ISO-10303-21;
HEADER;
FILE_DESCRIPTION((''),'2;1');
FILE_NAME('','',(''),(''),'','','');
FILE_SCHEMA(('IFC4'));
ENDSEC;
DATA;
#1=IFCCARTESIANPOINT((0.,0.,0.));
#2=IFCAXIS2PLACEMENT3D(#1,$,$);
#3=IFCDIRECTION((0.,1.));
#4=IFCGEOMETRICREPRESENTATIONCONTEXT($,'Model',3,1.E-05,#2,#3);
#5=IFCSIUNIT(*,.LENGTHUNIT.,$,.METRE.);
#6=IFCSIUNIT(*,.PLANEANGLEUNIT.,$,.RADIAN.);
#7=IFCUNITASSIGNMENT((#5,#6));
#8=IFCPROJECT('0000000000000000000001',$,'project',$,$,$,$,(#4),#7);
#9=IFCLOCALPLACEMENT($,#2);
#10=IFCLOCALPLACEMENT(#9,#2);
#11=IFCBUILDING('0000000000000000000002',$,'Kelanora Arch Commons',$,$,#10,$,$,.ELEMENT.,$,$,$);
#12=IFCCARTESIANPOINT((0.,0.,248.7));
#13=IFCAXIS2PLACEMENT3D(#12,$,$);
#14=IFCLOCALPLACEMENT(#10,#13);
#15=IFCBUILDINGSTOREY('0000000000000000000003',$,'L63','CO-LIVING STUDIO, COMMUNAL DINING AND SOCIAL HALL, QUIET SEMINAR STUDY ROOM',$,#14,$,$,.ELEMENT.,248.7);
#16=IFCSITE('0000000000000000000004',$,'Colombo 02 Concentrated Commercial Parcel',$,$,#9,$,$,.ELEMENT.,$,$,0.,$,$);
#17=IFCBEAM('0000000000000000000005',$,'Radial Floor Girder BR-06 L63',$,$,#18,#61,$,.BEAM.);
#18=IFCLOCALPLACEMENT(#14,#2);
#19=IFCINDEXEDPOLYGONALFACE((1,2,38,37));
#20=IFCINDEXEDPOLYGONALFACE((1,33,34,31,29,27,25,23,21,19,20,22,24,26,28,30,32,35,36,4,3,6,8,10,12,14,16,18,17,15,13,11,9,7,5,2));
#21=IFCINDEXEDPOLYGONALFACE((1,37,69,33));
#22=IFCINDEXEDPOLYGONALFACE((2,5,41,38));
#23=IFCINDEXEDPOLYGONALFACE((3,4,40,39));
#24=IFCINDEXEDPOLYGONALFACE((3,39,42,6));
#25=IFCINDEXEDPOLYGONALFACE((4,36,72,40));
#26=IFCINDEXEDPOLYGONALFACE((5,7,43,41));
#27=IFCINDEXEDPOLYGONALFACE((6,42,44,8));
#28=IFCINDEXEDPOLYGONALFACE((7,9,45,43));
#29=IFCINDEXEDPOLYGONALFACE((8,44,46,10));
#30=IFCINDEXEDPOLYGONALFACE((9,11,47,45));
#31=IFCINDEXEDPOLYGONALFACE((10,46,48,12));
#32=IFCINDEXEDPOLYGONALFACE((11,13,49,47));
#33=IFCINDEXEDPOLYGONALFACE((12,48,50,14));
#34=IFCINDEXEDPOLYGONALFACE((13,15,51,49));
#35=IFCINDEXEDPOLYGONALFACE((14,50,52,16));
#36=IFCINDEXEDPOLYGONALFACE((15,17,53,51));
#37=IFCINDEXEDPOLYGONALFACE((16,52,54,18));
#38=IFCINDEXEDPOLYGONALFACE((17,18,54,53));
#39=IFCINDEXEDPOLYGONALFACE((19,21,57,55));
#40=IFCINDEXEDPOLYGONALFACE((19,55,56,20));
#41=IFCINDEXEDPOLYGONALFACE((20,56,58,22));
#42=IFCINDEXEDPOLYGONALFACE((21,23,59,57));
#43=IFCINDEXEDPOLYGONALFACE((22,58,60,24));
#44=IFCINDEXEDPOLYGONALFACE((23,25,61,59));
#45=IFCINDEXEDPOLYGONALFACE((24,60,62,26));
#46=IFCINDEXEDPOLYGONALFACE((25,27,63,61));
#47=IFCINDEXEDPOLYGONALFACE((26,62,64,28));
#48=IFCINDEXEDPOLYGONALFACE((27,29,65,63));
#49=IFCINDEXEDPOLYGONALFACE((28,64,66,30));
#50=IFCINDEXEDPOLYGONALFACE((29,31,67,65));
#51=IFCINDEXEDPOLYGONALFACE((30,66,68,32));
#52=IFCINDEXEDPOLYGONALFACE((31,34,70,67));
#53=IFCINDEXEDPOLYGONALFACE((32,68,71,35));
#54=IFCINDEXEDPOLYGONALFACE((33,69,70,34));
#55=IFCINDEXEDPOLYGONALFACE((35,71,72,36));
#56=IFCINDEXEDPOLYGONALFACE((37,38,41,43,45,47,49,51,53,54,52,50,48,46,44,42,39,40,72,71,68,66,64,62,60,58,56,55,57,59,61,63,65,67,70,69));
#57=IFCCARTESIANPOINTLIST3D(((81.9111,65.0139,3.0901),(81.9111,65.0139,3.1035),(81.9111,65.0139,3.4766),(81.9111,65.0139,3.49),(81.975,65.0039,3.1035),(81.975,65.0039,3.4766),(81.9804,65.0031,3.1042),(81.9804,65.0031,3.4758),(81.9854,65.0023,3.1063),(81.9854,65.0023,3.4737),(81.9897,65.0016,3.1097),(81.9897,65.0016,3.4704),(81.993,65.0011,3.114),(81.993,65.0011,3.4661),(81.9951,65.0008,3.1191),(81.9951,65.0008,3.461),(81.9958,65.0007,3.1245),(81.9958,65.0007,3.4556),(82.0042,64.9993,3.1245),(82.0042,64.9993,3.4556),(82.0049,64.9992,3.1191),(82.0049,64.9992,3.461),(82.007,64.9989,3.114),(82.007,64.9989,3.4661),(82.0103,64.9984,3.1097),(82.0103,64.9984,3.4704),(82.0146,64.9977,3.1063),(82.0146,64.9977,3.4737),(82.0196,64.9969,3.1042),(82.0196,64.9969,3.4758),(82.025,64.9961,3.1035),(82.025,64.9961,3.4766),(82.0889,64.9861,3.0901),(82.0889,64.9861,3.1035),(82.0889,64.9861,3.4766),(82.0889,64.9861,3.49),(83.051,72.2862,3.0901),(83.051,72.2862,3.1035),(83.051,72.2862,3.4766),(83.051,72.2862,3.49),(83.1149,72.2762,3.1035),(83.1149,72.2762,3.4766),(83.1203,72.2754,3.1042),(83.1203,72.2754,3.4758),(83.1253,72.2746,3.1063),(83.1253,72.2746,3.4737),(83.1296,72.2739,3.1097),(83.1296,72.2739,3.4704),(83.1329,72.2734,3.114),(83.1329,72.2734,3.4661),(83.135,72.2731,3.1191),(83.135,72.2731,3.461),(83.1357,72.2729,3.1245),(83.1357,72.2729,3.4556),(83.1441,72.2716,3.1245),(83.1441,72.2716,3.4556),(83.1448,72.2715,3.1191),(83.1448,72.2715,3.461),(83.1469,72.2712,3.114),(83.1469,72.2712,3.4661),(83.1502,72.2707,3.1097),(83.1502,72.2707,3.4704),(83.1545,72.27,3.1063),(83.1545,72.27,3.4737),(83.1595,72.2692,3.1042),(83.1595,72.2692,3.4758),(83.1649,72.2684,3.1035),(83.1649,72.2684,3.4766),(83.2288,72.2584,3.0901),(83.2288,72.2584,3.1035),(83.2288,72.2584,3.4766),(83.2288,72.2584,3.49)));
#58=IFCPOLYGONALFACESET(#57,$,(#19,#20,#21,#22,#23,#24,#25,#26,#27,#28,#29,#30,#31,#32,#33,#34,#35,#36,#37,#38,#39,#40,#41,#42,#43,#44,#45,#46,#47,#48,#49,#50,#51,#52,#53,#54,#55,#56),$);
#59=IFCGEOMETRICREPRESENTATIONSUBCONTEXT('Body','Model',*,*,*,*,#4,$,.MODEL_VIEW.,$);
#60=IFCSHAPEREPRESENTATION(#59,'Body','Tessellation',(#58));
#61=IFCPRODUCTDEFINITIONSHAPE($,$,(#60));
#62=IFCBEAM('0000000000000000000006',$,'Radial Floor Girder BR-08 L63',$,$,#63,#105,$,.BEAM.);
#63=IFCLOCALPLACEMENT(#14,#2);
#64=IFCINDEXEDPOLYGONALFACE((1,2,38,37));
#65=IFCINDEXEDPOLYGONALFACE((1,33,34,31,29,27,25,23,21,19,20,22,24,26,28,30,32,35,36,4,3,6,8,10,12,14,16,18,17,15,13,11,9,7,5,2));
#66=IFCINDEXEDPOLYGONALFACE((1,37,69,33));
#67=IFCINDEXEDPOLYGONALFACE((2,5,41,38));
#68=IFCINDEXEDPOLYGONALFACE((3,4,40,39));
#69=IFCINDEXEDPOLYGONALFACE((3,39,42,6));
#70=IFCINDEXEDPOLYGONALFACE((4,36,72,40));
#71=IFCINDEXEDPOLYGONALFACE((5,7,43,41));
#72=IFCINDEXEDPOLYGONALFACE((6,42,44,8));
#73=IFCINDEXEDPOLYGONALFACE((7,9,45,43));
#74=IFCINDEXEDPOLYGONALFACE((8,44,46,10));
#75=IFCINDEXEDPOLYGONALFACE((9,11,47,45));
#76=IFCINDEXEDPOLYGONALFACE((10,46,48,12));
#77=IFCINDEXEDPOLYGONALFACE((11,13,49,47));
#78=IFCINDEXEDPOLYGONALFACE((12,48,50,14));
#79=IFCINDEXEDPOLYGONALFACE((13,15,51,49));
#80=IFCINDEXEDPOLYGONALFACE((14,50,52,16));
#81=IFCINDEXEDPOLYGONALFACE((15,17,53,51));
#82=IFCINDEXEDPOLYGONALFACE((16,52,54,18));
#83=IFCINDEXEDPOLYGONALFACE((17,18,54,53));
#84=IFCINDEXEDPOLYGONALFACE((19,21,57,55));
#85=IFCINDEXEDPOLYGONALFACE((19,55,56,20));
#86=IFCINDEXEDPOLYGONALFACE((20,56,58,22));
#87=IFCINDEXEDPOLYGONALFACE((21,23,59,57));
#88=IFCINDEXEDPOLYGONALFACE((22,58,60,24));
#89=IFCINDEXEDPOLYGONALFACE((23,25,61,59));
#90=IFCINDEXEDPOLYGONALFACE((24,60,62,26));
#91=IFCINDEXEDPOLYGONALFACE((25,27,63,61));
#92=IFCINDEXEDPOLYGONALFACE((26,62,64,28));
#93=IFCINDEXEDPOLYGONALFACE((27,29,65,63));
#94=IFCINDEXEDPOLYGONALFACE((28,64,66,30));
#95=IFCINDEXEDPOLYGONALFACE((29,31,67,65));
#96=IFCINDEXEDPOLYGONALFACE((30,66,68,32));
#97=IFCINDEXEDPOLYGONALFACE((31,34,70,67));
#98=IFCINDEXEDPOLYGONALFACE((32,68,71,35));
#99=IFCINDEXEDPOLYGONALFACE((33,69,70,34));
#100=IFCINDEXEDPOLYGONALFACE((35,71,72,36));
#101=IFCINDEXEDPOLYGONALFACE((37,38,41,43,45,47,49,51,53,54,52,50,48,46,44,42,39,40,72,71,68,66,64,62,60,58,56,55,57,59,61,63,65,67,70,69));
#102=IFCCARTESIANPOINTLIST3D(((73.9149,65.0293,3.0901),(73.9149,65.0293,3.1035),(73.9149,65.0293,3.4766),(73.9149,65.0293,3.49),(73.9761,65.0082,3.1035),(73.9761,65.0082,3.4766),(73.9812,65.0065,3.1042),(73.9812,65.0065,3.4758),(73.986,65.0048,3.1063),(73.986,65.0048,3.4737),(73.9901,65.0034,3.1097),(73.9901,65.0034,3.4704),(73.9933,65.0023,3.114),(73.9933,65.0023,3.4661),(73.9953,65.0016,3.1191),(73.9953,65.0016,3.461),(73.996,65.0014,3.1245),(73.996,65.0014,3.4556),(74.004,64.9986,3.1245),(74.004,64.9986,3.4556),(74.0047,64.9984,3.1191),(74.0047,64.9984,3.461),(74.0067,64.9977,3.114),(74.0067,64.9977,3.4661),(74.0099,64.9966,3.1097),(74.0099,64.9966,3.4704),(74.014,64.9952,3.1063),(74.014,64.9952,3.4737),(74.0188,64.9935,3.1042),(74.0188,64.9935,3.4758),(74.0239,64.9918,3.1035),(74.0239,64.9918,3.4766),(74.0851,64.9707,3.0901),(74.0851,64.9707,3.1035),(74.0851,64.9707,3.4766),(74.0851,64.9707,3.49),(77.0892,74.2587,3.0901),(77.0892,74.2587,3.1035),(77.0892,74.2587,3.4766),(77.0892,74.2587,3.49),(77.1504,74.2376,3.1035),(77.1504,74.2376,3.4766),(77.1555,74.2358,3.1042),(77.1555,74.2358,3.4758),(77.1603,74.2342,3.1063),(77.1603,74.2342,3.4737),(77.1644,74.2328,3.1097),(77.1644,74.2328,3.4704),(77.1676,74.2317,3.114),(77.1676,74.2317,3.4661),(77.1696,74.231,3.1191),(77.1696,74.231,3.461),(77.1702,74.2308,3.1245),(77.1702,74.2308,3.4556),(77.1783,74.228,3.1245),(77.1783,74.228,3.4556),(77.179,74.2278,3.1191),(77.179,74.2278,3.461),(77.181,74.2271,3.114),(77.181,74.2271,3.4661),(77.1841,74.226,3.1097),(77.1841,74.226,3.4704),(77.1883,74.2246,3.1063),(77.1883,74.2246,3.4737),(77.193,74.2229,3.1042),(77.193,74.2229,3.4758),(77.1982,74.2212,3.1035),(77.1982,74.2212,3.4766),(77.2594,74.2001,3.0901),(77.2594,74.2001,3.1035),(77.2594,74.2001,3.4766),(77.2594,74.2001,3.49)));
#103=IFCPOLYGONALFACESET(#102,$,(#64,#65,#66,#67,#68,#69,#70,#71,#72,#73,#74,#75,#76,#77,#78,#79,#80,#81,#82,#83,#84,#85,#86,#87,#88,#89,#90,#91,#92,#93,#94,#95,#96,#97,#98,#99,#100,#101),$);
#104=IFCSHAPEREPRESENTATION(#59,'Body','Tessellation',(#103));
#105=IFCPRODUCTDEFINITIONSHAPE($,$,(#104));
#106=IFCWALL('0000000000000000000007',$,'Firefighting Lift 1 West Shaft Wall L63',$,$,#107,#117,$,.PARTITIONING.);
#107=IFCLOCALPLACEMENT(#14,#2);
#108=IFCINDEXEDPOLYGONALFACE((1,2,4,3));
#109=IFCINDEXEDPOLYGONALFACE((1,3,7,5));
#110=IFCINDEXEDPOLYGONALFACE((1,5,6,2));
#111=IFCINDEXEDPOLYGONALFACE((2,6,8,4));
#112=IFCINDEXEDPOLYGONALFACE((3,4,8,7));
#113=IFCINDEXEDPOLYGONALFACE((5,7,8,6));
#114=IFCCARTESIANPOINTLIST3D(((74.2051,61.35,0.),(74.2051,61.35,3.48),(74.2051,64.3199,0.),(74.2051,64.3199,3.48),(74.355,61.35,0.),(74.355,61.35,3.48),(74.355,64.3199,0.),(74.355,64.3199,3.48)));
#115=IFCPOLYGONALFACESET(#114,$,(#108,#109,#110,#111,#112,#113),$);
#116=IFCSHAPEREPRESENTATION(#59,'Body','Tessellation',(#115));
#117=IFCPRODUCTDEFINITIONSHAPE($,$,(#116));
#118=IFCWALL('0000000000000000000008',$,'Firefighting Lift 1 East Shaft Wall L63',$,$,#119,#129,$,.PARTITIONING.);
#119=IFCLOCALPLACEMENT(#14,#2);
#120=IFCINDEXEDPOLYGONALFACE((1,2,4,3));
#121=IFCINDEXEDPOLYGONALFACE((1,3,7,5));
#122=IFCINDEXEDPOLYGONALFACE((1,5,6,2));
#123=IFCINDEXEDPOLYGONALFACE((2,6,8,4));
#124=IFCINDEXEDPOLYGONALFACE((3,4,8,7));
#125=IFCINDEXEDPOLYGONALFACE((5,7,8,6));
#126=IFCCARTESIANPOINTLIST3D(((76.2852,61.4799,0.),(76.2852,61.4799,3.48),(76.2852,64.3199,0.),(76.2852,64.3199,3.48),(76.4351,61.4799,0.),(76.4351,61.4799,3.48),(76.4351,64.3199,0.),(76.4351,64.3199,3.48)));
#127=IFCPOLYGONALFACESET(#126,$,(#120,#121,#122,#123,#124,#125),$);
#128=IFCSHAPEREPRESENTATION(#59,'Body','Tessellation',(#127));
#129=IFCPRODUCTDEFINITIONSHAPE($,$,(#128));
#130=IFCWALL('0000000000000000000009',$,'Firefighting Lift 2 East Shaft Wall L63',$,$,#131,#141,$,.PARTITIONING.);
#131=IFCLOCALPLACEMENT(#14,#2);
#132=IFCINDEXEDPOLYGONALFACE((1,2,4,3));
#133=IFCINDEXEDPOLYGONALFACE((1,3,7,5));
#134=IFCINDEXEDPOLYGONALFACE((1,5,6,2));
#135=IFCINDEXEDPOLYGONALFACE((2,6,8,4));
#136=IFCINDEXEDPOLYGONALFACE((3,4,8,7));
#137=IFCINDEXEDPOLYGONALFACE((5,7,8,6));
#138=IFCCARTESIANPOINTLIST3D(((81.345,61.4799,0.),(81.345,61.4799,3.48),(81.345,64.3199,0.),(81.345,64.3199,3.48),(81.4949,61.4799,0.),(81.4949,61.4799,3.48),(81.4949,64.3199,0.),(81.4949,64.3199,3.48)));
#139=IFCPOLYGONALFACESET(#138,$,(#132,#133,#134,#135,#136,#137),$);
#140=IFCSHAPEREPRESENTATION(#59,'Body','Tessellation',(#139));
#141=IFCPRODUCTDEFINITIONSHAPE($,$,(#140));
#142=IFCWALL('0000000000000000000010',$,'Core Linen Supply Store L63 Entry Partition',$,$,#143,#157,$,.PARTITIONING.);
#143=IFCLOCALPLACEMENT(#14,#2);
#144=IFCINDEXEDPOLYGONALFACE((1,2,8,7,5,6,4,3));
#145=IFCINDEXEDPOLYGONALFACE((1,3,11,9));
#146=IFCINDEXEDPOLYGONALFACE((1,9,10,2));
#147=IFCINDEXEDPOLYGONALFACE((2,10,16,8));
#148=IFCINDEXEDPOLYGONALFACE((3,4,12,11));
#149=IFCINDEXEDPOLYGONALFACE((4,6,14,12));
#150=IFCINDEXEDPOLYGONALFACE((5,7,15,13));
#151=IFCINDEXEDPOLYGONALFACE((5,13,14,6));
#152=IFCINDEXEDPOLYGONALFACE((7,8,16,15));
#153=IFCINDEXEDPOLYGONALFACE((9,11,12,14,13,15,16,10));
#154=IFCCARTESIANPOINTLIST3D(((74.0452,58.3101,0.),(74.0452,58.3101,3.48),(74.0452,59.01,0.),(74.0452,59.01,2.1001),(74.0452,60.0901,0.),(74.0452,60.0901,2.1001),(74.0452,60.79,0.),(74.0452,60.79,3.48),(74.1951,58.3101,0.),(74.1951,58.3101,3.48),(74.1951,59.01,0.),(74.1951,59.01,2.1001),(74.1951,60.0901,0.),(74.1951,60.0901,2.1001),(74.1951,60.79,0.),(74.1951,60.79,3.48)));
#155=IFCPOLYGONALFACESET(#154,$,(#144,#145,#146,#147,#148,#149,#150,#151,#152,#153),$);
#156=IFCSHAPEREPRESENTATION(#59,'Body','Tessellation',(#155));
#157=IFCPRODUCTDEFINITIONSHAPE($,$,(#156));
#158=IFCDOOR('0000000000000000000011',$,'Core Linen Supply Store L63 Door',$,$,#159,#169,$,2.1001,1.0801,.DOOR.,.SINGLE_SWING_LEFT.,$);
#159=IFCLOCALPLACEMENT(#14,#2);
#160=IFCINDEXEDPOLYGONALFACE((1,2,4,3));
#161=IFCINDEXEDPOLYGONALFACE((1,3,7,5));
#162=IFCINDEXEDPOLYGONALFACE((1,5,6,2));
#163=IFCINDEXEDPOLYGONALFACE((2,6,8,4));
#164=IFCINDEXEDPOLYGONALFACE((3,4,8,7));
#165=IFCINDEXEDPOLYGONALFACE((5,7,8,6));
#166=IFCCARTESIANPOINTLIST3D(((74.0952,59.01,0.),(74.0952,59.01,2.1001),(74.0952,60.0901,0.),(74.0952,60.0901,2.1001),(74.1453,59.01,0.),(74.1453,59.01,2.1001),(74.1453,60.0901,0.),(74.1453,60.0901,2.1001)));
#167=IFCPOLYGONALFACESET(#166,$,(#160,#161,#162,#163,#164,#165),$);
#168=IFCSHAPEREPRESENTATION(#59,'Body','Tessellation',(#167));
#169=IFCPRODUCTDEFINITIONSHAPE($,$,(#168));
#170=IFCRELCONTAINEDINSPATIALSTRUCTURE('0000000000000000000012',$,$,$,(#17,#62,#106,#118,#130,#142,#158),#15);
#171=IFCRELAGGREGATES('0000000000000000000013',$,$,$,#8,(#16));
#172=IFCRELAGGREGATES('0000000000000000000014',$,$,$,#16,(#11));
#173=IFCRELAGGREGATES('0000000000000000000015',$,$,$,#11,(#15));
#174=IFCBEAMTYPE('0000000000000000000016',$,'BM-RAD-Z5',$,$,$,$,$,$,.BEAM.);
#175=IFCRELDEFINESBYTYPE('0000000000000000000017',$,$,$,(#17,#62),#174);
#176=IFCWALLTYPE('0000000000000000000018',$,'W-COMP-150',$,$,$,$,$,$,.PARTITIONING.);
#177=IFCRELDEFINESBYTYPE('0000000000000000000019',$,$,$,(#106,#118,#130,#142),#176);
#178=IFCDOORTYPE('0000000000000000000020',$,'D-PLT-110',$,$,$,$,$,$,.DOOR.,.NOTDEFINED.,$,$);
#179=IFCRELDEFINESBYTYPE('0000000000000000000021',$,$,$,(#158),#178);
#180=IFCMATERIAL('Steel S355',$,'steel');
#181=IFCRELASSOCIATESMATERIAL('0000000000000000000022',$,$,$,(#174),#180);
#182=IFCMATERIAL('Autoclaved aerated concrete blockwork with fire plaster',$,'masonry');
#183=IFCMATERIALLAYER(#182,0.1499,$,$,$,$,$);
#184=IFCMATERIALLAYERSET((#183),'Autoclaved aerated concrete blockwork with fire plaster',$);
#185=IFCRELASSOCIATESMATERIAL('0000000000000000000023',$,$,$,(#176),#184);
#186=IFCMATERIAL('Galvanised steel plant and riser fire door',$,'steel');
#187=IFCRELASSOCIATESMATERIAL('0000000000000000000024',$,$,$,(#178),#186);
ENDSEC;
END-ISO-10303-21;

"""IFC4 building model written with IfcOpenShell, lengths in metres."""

from ifc_helpers import new_model, si_unit, direction, frame, frame_2d, origin, origin_2d, place, context, subcontext, project, spatial, rectangle, i_section, extrude, material, layer, layer_set, material_profile, profile_set, type_object, element, fill, save


model = new_model("IFC4")

# Units and contexts
model_context = context("Model", 3, precision=1e-05, world=origin(), true_north=direction((0.0, 1.0)))
body_context = subcontext(model_context, "Body", "Model", "MODEL_VIEW")
ifc_project = project(units=[si_unit("LENGTHUNIT", "METRE"), si_unit("PLANEANGLEUNIT", "RADIAN")], contexts=[model_context])

# Site, building, storey
site_placement = place(None, origin())
site = spatial("IfcSite", under=ifc_project, at=site_placement, Name="Colombo 02 Concentrated Commercial Parcel", CompositionType="ELEMENT", RefElevation=0.0)
building_placement = place(site_placement, origin())
building = spatial("IfcBuilding", under=site, at=building_placement, Name="Kelanora Arch Commons", CompositionType="ELEMENT")
storey_placement = place(building_placement, frame((0.0, 0.0, 248.7)))
storey = spatial("IfcBuildingStorey", under=building, at=storey_placement, Name="L63", Description="CO-LIVING STUDIO, COMMUNAL DINING AND SOCIAL HALL, QUIET SEMINAR STUDY ROOM", CompositionType="ELEMENT", Elevation=248.7)

# Beams
ifc_material_1 = material(Name="Steel S355", Category="steel")
ifc_material_profile_1 = material_profile(ifc_material_1, i_section(OverallWidth=0.1799, OverallDepth=0.3999, WebThickness=0.0085, FlangeThickness=0.0134, FilletRadius=0.021, at=origin_2d()), Name="IPE400")
ifc_profile_set_1 = profile_set([ifc_material_profile_1], Name="Steel S355")
beam_type_1 = type_object("IfcBeamType", Name="BM-RAD-Z5", PredefinedType="BEAM", material=ifc_profile_set_1)
beam_1_placement = place(storey_placement, frame((82.0, 65.0, 3.29), z_axis=(0.154855, 0.987937, 0.0), x_axis=(-0.987937, 0.154855, 0.0)))
element("IfcBeam", 1, at=beam_1_placement, inside=storey, type_object=beam_type_1, Name="Radial Floor Girder BR-06 L63", PredefinedType="BEAM", context=body_context, shape_type="SweptSolid", body=[
    extrude(i_section(OverallWidth=0.1799, OverallDepth=0.3999, WebThickness=0.0085, FlangeThickness=0.0134, FilletRadius=0.021, at=origin_2d()), origin(), (0.0, 0.0, 1.0), 7.3611),
])
beam_2_placement = place(storey_placement, frame((74.0, 65.0, 3.29), z_axis=(0.325234, 0.945634, 0.0), x_axis=(-0.945634, 0.325234, 0.0)))
element("IfcBeam", 2, at=beam_2_placement, inside=storey, type_object=beam_type_1, Name="Radial Floor Girder BR-08 L63", PredefinedType="BEAM", context=body_context, shape_type="SweptSolid", body=[
    extrude(i_section(OverallWidth=0.1799, OverallDepth=0.3999, WebThickness=0.0085, FlangeThickness=0.0134, FilletRadius=0.021, at=origin_2d()), origin(), (0.0, 0.0, 1.0), 9.76),
])

# Walls
ifc_material_2 = material(Name="Autoclaved aerated concrete blockwork with fire plaster", Category="masonry")
ifc_layer_1 = layer(ifc_material_2, 0.1499)
ifc_layer_set_1 = layer_set([ifc_layer_1], Name="Autoclaved aerated concrete blockwork with fire plaster")
wall_type_1 = type_object("IfcWallType", Name="W-COMP-150", PredefinedType="PARTITIONING", material=ifc_layer_set_1)
wall_1_placement = place(storey_placement, frame((74.28, 61.3501, 0.0), z_axis=(0.0, 0.0, 1.0), x_axis=(0.0, 1.0, 0.0)))
element("IfcWall", 3, at=wall_1_placement, inside=storey, type_object=wall_type_1, Name="Firefighting Lift 1 West Shaft Wall L63", PredefinedType="PARTITIONING", context=body_context, shape_type="SweptSolid", body=[
    extrude(rectangle(XDim=2.97, YDim=0.1499, at=frame_2d((1.4849, 0.0))), origin(), (0.0, 0.0, 1.0), 3.48),
])
for number, where, z_axis, x_axis, name in (
    (4, (76.3601, 61.48, 0.0), (0.0, 0.0, 1.0), (0.0, 1.0, 0.0), "Firefighting Lift 1 East Shaft Wall L63"),
    (5, (81.4199, 61.48, 0.0), (0.0, 0.0, 1.0), (0.0, 1.0, 0.0), "Firefighting Lift 2 East Shaft Wall L63"),
):
    element("IfcWall", number, at=place(storey_placement, frame(where, z_axis=z_axis, x_axis=x_axis)), inside=storey, type_object=wall_type_1, Name=name, PredefinedType="PARTITIONING", context=body_context, shape_type="SweptSolid", body=[
        extrude(rectangle(XDim=2.8401, YDim=0.1499, at=frame_2d((1.4199, 0.0))), origin(), (0.0, 0.0, 1.0), 3.48),
    ])

# Wall, opening, door
wall_2_placement = place(storey_placement, frame((74.1201, 58.3101, 0.0), z_axis=(0.0, 0.0, 1.0), x_axis=(0.0, 1.0, 0.0)))
wall_2 = element("IfcWall", 6, at=wall_2_placement, inside=storey, type_object=wall_type_1, Name="Core Linen Supply Store L63 Entry Partition", PredefinedType="PARTITIONING", context=body_context, shape_type="SweptSolid", body=[
    extrude(rectangle(XDim=2.48, YDim=0.1499, at=frame_2d((1.24, 0.0))), origin(), (0.0, 0.0, 1.0), 3.48),
])
opening_1_placement = place(wall_2_placement, frame((0.7, 0.0, 0.0)))
opening_1 = element("IfcOpeningElement", 7, at=opening_1_placement, cuts=wall_2, PredefinedType="OPENING", context=body_context, shape_type="SweptSolid", body=[
    extrude(rectangle(XDim=1.0801, YDim=2.1001, at=frame_2d((0.54, 1.05))), frame((0.0, 0.085, 0.0), z_axis=(0.0, -1.0, 0.0), x_axis=(1.0, 0.0, 0.0)), (0.0, 0.0, 1.0), 0.1699),
])
ifc_material_3 = material(Name="Galvanised steel plant and riser fire door", Category="steel")
door_type_1 = type_object("IfcDoorType", Name="D-PLT-110", OperationType="NOTDEFINED", PredefinedType="DOOR", material=ifc_material_3)
door_1_placement = place(opening_1_placement, origin())
door_1 = element("IfcDoor", 8, at=door_1_placement, inside=storey, type_object=door_type_1, Name="Core Linen Supply Store L63 Door", OperationType="SINGLE_SWING_LEFT", OverallHeight=2.1001, OverallWidth=1.0801, PredefinedType="DOOR", context=body_context, shape_type="SweptSolid", body=[
    extrude(rectangle(XDim=1.0801, YDim=2.1001, at=frame_2d((0.54, 1.05))), frame((0.0, 0.0249, 0.0), z_axis=(0.0, -1.0, 0.0), x_axis=(1.0, 0.0, 0.0)), (0.0, 0.0, 1.0), 0.05),
])
fill(opening_1, door_1)

save(model, "model.ifc")
